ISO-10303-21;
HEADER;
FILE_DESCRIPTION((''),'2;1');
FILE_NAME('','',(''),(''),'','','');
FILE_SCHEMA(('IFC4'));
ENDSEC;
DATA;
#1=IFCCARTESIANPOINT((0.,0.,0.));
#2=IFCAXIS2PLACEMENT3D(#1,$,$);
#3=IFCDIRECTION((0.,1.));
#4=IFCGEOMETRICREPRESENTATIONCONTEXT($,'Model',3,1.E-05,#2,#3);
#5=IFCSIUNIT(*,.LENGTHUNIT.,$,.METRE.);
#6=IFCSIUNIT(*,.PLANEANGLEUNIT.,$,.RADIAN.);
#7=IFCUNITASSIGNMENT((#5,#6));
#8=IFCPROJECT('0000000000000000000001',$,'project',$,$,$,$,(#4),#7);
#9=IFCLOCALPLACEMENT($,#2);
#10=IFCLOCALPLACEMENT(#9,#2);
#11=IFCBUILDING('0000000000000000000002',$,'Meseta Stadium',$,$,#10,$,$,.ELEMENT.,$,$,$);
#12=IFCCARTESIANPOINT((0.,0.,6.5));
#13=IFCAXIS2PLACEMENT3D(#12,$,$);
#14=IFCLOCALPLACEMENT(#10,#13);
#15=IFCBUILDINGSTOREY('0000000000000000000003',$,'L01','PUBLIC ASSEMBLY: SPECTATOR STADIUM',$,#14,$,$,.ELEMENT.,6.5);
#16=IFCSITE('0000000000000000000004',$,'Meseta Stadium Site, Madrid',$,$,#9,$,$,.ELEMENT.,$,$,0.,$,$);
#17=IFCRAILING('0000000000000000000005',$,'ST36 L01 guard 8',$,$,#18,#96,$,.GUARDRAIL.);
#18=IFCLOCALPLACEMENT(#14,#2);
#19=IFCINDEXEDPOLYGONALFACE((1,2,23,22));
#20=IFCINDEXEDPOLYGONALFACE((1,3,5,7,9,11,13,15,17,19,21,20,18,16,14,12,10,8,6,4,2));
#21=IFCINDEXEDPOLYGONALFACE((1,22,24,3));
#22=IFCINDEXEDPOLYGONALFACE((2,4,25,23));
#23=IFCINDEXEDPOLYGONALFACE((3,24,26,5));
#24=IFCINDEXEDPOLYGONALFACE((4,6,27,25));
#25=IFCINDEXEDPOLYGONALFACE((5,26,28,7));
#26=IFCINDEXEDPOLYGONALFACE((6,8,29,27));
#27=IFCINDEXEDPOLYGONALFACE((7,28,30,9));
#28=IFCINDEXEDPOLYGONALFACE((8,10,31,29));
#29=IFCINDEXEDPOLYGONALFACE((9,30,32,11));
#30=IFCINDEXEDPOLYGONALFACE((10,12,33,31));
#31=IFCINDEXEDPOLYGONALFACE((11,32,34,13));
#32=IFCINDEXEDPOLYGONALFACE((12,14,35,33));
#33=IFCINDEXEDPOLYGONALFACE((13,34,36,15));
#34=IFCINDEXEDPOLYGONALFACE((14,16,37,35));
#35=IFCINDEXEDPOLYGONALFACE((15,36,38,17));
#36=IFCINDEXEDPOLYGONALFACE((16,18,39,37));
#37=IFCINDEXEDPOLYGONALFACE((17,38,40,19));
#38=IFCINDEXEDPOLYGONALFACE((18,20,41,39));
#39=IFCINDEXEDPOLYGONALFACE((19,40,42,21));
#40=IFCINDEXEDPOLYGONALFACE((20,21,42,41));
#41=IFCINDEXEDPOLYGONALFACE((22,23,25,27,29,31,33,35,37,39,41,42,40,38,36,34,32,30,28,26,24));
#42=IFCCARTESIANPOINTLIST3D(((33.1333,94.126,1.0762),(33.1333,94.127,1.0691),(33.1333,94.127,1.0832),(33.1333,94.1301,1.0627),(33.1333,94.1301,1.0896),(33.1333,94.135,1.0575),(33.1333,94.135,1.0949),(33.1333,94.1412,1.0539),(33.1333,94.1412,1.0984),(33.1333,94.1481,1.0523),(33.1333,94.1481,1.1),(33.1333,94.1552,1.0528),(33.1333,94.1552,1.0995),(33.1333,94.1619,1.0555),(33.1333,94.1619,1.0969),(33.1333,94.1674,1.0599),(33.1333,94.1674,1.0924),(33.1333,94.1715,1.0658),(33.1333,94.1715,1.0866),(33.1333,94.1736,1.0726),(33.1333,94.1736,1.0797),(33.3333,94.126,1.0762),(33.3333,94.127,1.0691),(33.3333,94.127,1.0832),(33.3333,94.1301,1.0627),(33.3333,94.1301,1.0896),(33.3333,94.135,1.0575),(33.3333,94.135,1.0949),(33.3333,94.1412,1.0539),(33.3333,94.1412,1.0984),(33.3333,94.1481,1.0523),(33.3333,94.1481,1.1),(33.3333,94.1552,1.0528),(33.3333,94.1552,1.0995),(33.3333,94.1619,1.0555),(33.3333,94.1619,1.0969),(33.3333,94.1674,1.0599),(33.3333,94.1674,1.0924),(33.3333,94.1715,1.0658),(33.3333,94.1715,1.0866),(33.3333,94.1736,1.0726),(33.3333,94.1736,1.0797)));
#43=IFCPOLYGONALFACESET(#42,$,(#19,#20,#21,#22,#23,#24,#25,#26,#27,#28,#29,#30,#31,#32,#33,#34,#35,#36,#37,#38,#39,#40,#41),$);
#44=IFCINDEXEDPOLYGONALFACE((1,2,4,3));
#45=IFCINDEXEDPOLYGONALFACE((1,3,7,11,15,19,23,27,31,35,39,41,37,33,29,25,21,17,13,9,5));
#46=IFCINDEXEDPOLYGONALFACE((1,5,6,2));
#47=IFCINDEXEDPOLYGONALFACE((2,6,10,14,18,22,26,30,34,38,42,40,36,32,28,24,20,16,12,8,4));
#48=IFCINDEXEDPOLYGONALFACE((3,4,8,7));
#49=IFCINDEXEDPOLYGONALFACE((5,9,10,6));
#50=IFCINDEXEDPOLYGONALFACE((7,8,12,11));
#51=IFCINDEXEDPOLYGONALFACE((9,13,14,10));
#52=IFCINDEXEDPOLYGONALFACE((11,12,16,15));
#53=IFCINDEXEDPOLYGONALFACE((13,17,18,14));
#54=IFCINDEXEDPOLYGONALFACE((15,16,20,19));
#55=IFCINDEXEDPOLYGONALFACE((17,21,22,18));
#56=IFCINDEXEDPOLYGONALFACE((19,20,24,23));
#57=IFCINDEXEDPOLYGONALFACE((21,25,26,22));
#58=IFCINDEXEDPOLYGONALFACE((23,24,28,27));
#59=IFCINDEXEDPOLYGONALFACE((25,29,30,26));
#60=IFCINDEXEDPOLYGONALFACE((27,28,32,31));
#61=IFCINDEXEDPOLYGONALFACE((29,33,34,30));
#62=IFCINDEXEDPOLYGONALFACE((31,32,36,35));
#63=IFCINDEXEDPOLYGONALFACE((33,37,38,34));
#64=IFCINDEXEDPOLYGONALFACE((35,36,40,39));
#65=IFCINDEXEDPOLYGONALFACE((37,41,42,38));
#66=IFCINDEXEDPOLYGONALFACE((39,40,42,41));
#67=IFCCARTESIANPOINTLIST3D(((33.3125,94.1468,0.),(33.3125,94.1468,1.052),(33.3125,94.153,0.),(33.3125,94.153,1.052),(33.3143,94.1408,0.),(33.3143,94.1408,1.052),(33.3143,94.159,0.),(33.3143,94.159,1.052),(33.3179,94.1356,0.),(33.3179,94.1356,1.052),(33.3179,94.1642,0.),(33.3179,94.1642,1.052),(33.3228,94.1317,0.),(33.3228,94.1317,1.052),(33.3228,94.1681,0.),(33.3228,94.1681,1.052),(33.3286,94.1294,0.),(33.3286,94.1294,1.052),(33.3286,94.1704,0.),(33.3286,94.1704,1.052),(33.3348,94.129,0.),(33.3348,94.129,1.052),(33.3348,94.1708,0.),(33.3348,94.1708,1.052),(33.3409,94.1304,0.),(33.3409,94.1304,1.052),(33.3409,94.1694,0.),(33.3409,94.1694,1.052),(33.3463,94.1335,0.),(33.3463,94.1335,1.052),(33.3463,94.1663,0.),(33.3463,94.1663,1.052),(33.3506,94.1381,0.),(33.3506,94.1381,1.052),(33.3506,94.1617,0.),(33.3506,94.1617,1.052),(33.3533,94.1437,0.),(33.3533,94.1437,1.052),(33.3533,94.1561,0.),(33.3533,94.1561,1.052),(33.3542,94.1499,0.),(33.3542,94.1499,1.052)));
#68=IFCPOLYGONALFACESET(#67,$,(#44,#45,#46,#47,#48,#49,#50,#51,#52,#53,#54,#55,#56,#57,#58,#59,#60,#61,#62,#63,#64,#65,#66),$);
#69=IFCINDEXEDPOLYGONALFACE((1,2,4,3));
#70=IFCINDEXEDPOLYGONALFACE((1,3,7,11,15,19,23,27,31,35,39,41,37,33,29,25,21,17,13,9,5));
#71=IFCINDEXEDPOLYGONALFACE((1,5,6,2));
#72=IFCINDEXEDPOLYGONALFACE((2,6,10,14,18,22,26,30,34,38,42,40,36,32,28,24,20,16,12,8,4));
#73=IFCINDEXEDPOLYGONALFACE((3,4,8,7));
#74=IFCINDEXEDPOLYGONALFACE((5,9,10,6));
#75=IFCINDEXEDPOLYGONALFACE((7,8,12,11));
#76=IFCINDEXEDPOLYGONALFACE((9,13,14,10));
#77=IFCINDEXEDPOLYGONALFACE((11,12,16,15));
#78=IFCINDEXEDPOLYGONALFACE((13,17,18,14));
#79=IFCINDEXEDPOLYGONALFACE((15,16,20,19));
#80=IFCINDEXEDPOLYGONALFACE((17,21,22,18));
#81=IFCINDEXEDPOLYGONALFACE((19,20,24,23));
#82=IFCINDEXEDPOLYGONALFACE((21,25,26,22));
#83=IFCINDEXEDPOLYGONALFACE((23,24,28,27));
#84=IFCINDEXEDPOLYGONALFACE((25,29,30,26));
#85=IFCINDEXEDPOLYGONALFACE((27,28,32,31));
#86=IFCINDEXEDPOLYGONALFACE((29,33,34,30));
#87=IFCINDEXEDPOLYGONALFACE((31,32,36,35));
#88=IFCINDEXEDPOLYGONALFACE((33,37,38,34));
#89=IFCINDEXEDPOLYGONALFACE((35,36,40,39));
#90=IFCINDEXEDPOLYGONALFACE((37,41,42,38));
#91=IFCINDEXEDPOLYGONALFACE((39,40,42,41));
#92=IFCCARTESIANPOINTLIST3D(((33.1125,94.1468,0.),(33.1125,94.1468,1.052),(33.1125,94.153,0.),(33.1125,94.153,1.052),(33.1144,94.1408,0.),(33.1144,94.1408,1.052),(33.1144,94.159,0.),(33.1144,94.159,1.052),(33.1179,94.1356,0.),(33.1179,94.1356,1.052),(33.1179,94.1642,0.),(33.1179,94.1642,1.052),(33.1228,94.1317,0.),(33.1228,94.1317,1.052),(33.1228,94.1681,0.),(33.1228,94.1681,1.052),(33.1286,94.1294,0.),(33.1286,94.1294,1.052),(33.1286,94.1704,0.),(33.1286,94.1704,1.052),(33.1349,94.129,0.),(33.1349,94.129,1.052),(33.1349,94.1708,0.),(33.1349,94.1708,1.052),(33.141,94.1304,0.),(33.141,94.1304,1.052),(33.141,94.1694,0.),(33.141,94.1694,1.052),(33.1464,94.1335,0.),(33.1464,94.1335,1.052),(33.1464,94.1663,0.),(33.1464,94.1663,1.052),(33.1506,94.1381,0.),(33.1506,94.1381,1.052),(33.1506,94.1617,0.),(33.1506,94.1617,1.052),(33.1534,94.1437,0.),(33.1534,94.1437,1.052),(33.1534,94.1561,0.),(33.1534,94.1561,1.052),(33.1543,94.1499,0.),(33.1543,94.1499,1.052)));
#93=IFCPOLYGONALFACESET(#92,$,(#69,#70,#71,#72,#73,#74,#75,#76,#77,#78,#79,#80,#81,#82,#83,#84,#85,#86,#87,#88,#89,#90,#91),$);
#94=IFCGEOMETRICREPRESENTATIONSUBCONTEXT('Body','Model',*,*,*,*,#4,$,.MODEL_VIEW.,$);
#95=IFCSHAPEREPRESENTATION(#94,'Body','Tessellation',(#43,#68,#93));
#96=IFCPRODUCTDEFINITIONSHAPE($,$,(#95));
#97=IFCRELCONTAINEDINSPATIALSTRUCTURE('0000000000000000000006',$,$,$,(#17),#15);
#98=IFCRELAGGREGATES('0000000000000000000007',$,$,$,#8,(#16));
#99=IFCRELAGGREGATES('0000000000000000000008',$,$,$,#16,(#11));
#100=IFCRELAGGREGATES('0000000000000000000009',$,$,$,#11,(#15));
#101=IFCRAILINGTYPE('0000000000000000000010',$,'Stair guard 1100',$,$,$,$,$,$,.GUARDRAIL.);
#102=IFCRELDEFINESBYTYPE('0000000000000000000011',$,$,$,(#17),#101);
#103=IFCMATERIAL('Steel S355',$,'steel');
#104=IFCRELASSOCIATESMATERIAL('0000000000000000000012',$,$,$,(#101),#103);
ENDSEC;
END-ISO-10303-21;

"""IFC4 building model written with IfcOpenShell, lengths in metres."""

from ifc_helpers import new_model, si_unit, direction, frame, origin, origin_2d, place, context, subcontext, project, spatial, circle, extrude, material, type_object, element, save


model = new_model("IFC4")

# Units and contexts
model_context = context("Model", 3, precision=1e-05, world=origin(), true_north=direction((0.0, 1.0)))
body_context = subcontext(model_context, "Body", "Model", "MODEL_VIEW")
ifc_project = project(units=[si_unit("LENGTHUNIT", "METRE"), si_unit("PLANEANGLEUNIT", "RADIAN")], contexts=[model_context])

# Site, building, storey
site_placement = place(None, origin())
site = spatial("IfcSite", under=ifc_project, at=site_placement, Name="Meseta Stadium Site, Madrid", CompositionType="ELEMENT", RefElevation=0.0)
building_placement = place(site_placement, origin())
building = spatial("IfcBuilding", under=site, at=building_placement, Name="Meseta Stadium", CompositionType="ELEMENT")
storey_placement = place(building_placement, frame((0.0, 0.0, 6.5)))
storey = spatial("IfcBuildingStorey", under=building, at=storey_placement, Name="L01", Description="PUBLIC ASSEMBLY: SPECTATOR STADIUM", CompositionType="ELEMENT", Elevation=6.5)

# Railing
ifc_material_1 = material(Name="Steel S355", Category="steel")
railing_type_1 = type_object("IfcRailingType", Name="Stair guard 1100", PredefinedType="GUARDRAIL", material=ifc_material_1)
railing_1_placement = place(storey_placement, frame((33.3333, 94.1499, 0.0)))
element("IfcRailing", 1, at=railing_1_placement, inside=storey, type_object=railing_type_1, Name="ST36 L01 guard 8", PredefinedType="GUARDRAIL", context=body_context, shape_type="SweptSolid", body=[
    extrude(circle(Radius=0.0239, at=origin_2d()), frame((0.0, 0.0, 1.0762), z_axis=(-1.0, 0.0, 0.0), x_axis=(0.0, -1.0, 0.0)), (0.0, 0.0, 1.0), 0.2),
    extrude(circle(Radius=0.021, at=origin_2d()), origin(), (0.0, 0.0, 1.0), 1.052),
    extrude(circle(Radius=0.021, at=origin_2d()), frame((-0.2, 0.0, 0.0)), (0.0, 0.0, 1.0), 1.052),
])

save(model, "model.ifc")
